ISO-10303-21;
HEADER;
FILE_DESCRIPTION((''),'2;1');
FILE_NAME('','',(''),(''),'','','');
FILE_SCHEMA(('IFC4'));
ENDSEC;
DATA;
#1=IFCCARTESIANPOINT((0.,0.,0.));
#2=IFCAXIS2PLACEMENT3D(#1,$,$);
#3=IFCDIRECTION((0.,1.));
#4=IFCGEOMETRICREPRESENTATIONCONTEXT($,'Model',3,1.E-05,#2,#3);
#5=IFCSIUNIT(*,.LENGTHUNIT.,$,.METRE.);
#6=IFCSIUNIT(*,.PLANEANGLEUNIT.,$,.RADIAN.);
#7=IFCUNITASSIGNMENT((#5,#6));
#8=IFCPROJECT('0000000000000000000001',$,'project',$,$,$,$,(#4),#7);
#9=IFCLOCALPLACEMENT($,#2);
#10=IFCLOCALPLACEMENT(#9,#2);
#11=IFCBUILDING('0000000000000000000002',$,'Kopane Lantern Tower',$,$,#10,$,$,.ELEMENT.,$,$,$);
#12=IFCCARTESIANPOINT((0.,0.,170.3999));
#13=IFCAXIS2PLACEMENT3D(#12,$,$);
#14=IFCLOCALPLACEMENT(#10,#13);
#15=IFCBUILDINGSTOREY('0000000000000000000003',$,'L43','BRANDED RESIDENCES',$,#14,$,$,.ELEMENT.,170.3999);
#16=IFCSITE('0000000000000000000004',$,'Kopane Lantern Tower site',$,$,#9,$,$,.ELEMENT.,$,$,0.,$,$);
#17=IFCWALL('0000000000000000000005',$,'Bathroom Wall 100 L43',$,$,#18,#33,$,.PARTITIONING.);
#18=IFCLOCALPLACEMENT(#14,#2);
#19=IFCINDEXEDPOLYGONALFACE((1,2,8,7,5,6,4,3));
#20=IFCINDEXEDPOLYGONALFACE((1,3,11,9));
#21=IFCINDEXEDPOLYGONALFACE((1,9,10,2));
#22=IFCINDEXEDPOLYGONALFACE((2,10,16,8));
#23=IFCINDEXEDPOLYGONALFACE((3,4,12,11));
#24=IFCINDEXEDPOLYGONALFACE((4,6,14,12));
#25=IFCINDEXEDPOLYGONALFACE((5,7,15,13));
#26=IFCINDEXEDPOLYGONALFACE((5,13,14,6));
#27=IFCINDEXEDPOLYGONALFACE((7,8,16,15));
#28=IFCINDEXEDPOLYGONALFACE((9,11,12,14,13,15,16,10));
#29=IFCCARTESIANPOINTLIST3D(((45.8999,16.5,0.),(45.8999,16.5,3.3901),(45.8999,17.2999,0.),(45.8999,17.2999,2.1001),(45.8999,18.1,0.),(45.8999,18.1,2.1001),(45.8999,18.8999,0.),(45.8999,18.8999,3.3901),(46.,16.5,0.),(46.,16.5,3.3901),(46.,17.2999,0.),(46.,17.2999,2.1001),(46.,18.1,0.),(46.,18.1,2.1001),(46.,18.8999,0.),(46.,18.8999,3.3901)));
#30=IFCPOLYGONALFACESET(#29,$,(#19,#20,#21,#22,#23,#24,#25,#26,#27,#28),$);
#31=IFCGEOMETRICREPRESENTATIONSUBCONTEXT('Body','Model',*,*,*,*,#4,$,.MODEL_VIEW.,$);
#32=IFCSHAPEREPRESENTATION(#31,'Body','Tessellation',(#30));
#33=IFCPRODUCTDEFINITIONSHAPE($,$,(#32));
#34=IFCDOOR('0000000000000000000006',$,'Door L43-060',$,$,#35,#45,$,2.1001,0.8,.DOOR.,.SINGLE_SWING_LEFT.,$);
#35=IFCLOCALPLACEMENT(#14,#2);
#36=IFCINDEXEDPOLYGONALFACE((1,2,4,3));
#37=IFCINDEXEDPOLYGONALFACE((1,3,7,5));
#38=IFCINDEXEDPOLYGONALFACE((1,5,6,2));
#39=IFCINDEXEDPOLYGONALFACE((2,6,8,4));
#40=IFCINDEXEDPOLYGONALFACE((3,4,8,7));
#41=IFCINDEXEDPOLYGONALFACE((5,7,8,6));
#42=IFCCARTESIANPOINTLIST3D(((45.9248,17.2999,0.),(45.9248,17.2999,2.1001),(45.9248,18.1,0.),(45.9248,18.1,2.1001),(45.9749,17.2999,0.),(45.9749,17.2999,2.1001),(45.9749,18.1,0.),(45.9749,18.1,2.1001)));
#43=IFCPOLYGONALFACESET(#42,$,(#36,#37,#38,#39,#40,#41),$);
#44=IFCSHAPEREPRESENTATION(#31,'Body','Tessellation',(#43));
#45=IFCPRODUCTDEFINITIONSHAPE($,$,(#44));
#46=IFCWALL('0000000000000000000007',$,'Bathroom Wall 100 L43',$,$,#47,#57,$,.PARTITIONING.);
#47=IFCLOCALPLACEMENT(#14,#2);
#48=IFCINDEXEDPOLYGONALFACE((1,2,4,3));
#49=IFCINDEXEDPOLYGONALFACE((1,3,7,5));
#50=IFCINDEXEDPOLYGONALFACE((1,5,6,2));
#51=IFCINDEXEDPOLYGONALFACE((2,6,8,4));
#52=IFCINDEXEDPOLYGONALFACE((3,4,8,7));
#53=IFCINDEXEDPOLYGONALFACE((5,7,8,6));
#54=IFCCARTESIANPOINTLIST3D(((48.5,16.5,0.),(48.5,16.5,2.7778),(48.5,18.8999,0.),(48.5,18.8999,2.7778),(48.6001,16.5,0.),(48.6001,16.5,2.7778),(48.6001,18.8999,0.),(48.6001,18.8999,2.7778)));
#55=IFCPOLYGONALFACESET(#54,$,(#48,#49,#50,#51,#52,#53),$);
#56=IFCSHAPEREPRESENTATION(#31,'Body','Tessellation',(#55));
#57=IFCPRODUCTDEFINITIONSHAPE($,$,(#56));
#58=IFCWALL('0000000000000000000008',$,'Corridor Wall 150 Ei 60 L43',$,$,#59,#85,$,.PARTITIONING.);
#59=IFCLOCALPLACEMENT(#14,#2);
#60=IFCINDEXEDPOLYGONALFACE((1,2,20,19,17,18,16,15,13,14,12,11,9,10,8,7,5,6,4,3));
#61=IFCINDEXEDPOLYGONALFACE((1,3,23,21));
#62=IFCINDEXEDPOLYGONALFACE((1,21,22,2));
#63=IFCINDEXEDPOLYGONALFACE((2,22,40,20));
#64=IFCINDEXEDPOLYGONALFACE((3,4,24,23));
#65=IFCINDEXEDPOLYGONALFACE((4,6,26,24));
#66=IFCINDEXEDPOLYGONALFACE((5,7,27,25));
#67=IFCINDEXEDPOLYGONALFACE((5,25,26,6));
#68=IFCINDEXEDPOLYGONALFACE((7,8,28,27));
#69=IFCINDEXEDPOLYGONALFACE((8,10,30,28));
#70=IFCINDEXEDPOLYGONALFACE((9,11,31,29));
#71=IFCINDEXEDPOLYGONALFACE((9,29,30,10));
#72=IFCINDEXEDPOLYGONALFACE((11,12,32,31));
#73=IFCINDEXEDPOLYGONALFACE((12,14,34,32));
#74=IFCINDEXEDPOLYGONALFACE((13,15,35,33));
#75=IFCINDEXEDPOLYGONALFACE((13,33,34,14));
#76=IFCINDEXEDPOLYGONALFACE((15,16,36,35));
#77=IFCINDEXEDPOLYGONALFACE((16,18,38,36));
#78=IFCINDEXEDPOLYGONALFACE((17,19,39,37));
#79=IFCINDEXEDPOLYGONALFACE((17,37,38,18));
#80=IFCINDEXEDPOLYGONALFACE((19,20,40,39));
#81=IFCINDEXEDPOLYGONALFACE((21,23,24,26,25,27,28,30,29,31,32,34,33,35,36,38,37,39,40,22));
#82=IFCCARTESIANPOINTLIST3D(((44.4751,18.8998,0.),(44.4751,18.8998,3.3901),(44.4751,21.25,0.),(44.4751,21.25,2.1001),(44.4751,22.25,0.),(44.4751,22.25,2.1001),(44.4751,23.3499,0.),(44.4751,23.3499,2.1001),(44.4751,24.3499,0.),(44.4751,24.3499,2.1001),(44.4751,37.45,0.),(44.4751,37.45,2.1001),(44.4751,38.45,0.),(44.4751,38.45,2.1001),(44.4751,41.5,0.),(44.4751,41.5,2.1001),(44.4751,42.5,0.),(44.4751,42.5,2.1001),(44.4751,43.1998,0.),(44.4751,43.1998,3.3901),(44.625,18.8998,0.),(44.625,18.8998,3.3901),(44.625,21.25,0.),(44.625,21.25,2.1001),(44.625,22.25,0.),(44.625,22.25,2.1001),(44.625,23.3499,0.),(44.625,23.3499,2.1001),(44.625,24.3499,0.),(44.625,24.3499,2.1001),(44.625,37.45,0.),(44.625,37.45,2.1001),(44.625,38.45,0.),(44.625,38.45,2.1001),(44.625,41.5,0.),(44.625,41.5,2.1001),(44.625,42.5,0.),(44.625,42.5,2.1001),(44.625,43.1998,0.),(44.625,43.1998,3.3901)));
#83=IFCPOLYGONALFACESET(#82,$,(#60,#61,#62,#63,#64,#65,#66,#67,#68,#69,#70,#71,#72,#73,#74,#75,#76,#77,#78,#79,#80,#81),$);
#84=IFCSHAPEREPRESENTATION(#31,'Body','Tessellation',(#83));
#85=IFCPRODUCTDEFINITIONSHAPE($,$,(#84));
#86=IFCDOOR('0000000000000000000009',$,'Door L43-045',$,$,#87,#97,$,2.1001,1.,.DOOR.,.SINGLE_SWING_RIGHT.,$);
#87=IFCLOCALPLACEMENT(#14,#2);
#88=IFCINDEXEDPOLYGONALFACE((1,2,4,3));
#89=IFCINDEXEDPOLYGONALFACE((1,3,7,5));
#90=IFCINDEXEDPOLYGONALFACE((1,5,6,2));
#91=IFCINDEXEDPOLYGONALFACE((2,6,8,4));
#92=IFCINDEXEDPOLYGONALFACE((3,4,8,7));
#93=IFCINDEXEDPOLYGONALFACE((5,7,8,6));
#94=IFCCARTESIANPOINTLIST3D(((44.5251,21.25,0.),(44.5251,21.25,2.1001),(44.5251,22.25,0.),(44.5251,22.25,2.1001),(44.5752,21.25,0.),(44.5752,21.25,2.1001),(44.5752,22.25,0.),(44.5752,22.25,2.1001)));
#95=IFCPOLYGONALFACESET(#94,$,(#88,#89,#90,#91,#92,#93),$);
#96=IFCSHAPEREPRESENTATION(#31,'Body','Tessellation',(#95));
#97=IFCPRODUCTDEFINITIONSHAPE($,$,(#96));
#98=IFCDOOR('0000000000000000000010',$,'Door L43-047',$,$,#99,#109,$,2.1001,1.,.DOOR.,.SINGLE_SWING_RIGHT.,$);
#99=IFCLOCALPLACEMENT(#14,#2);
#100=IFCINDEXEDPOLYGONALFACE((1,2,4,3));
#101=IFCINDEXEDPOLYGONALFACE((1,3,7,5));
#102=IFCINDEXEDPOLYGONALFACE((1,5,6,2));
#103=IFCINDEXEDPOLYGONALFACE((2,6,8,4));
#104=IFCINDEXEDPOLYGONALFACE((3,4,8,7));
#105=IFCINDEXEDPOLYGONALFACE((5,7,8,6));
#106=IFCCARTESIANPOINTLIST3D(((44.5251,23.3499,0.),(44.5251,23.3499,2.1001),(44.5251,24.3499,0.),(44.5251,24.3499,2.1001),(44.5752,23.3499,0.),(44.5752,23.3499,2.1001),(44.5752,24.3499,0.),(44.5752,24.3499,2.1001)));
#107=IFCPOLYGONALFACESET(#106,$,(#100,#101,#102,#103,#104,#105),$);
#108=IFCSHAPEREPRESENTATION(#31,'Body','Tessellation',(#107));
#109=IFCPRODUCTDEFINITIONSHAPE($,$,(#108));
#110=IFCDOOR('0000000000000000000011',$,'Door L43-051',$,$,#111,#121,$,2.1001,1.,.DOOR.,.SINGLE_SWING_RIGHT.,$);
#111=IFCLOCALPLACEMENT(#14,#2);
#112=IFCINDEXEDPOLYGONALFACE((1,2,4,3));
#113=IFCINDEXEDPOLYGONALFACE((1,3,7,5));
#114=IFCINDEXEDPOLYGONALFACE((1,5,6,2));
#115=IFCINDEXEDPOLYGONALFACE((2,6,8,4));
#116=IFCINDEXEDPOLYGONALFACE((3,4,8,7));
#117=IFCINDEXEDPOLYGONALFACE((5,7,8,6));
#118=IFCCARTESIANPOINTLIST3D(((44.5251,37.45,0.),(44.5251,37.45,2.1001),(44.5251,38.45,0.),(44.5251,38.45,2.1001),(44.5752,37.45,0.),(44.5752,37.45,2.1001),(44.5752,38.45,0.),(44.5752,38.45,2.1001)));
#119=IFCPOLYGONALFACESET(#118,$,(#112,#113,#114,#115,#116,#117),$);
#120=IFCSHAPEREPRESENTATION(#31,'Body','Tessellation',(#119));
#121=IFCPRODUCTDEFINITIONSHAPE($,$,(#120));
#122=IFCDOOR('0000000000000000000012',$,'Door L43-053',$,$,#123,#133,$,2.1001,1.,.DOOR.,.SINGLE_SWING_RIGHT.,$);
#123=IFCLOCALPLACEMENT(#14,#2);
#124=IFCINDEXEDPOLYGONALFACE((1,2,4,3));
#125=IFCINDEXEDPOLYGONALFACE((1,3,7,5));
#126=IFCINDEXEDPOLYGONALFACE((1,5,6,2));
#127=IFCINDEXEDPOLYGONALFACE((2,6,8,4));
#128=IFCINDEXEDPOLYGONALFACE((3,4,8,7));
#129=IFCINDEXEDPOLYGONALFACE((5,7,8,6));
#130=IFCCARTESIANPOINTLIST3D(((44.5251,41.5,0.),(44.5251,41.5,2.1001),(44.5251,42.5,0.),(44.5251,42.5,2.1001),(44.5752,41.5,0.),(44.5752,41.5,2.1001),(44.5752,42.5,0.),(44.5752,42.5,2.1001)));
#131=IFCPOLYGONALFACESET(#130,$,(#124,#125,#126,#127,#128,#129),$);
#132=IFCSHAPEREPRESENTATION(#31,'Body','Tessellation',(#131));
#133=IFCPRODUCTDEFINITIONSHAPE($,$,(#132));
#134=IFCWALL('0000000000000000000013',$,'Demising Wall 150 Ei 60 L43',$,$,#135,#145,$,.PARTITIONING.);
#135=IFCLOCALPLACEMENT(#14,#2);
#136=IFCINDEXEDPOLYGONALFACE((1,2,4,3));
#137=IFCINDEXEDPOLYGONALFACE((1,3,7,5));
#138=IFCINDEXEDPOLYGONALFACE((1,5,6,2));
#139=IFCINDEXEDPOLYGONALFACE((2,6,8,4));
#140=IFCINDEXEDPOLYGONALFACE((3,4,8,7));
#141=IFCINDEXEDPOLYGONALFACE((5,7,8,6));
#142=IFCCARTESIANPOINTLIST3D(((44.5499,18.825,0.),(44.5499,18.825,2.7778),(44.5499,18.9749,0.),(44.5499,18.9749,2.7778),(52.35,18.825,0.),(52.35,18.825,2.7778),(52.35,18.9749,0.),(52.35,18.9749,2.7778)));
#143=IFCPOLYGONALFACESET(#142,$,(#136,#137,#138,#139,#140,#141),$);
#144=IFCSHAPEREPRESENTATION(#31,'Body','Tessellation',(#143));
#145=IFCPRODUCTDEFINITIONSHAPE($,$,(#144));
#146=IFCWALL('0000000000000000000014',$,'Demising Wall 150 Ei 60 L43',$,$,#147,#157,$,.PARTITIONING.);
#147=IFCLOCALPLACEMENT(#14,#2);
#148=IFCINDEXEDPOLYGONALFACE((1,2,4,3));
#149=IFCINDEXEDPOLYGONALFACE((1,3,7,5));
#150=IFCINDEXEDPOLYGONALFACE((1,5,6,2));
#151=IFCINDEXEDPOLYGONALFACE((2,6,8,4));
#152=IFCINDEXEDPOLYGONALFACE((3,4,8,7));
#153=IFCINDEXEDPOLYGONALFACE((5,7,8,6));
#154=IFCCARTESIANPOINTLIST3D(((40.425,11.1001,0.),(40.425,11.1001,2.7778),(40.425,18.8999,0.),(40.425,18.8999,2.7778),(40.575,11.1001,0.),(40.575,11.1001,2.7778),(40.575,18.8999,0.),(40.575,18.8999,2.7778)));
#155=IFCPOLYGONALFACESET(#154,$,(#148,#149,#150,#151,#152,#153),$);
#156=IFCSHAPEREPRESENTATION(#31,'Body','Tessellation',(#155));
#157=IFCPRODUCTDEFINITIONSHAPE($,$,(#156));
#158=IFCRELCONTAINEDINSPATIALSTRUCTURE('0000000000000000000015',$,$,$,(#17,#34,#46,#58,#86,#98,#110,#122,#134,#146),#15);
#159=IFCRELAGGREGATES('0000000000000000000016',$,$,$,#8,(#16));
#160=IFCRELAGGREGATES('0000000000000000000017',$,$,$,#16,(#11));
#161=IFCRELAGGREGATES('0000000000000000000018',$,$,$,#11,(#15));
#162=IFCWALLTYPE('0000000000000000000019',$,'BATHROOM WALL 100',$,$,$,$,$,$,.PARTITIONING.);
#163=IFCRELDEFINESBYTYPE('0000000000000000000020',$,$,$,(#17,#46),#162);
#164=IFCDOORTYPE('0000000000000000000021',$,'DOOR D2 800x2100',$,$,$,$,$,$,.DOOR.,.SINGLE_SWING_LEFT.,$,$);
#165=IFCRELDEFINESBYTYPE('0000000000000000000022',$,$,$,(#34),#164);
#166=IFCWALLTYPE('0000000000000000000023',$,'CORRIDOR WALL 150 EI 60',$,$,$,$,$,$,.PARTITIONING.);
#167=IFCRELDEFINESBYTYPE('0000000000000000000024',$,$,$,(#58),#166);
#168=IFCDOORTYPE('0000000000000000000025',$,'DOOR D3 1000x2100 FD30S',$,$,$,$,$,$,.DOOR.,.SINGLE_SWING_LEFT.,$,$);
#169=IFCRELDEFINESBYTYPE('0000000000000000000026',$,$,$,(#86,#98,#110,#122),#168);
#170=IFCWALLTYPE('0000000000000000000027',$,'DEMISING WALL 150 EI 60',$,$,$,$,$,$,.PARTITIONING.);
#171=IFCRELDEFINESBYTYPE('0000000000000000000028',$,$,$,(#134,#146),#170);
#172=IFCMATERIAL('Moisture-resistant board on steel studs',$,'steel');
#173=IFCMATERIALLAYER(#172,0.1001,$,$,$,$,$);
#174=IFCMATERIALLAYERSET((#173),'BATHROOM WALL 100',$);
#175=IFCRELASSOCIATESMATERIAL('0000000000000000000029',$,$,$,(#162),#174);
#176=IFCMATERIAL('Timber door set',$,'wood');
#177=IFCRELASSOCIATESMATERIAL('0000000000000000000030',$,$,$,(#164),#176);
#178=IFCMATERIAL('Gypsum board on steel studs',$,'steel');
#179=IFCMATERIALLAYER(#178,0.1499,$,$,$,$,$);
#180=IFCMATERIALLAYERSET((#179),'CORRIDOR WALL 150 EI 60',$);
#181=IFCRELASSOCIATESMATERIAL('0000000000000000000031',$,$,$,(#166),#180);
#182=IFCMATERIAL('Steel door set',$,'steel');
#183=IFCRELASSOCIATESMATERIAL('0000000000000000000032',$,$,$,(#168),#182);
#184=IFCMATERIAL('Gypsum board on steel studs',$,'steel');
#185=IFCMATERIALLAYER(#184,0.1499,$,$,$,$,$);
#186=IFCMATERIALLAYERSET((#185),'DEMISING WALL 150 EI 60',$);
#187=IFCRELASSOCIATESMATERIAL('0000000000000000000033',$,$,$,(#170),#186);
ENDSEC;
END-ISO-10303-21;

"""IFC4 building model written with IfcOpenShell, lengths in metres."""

from ifc_helpers import new_model, si_unit, direction, frame, frame_2d, origin, place, context, subcontext, project, spatial, rectangle, extrude, material, layer, layer_set, type_object, element, fill, save


model = new_model("IFC4")

# Units and contexts
model_context = context("Model", 3, precision=1e-05, world=origin(), true_north=direction((0.0, 1.0)))
body_context = subcontext(model_context, "Body", "Model", "MODEL_VIEW")
ifc_project = project(units=[si_unit("LENGTHUNIT", "METRE"), si_unit("PLANEANGLEUNIT", "RADIAN")], contexts=[model_context])

# Site, building, storey
site_placement = place(None, origin())
site = spatial("IfcSite", under=ifc_project, at=site_placement, Name="Kopane Lantern Tower site", CompositionType="ELEMENT", RefElevation=0.0)
building_placement = place(site_placement, origin())
building = spatial("IfcBuilding", under=site, at=building_placement, Name="Kopane Lantern Tower", CompositionType="ELEMENT")
storey_placement = place(building_placement, frame((0.0, 0.0, 170.3999)))
storey = spatial("IfcBuildingStorey", under=building, at=storey_placement, Name="L43", Description="BRANDED RESIDENCES", CompositionType="ELEMENT", Elevation=170.3999)

# Shared definitions
ifc_material_1 = material(Name="Moisture-resistant board on steel studs", Category="steel")
ifc_layer_1 = layer(ifc_material_1, 0.1001)
ifc_layer_set_1 = layer_set([ifc_layer_1], Name="BATHROOM WALL 100")
wall_type_1 = type_object("IfcWallType", Name="BATHROOM WALL 100", PredefinedType="PARTITIONING", material=ifc_layer_set_1)

# Wall, opening, door
wall_1_placement = place(storey_placement, frame((45.95, 18.8999, 0.0), z_axis=(0.0, 0.0, 1.0), x_axis=(0.0, -1.0, 0.0)))
wall_1 = element("IfcWall", 1, at=wall_1_placement, inside=storey, type_object=wall_type_1, Name="Bathroom Wall 100 L43", PredefinedType="PARTITIONING", context=body_context, shape_type="SweptSolid", body=[
    extrude(rectangle(XDim=2.3999, YDim=0.1001, at=frame_2d((1.2, 0.0))), origin(), (0.0, 0.0, 1.0), 3.3901),
])
opening_1_placement = place(wall_1_placement, frame((0.8, 0.0, 0.0)))
opening_1 = element("IfcOpeningElement", 2, at=opening_1_placement, cuts=wall_1, PredefinedType="OPENING", context=body_context, shape_type="SweptSolid", body=[
    extrude(rectangle(XDim=0.8, YDim=2.1001, at=frame_2d((0.3999, 1.05))), frame((0.0, 0.0601, 0.0), z_axis=(0.0, -1.0, 0.0), x_axis=(1.0, 0.0, 0.0)), (0.0, 0.0, 1.0), 0.1201),
])
ifc_material_2 = material(Name="Timber door set", Category="wood")
door_type_1 = type_object("IfcDoorType", Name="DOOR D2 800x2100", OperationType="SINGLE_SWING_LEFT", PredefinedType="DOOR", material=ifc_material_2)
door_1_placement = place(opening_1_placement, origin())
door_1 = element("IfcDoor", 3, at=door_1_placement, inside=storey, type_object=door_type_1, Name="Door L43-060", OperationType="SINGLE_SWING_LEFT", OverallHeight=2.1001, OverallWidth=0.8, PredefinedType="DOOR", context=body_context, shape_type="SweptSolid", body=[
    extrude(rectangle(XDim=0.8, YDim=2.1001, at=frame_2d((0.3999, 1.05))), frame((0.0, 0.0249, 0.0), z_axis=(0.0, -1.0, 0.0), x_axis=(1.0, 0.0, 0.0)), (0.0, 0.0, 1.0), 0.05),
])
fill(opening_1, door_1)

# Wall
wall_2_placement = place(storey_placement, frame((48.55, 18.8999, 0.0), z_axis=(0.0, 0.0, 1.0), x_axis=(0.0, -1.0, 0.0)))
element("IfcWall", 4, at=wall_2_placement, inside=storey, type_object=wall_type_1, Name="Bathroom Wall 100 L43", PredefinedType="PARTITIONING", context=body_context, shape_type="SweptSolid", body=[
    extrude(rectangle(XDim=2.3999, YDim=0.1001, at=frame_2d((1.2, 0.0))), origin(), (0.0, 0.0, 1.0), 2.7778),
])

# Wall, openings, doors
ifc_material_3 = material(Name="Gypsum board on steel studs", Category="steel")
ifc_layer_2 = layer(ifc_material_3, 0.1499)
ifc_layer_set_2 = layer_set([ifc_layer_2], Name="CORRIDOR WALL 150 EI 60")
wall_type_2 = type_object("IfcWallType", Name="CORRIDOR WALL 150 EI 60", PredefinedType="PARTITIONING", material=ifc_layer_set_2)
wall_3_placement = place(storey_placement, frame((44.55, 18.8999, 0.0), z_axis=(0.0, 0.0, 1.0), x_axis=(0.0, 1.0, 0.0)))
wall_3 = element("IfcWall", 5, at=wall_3_placement, inside=storey, type_object=wall_type_2, Name="Corridor Wall 150 Ei 60 L43", PredefinedType="PARTITIONING", context=body_context, shape_type="SweptSolid", body=[
    extrude(rectangle(XDim=24.3, YDim=0.1499, at=frame_2d((12.1499, 0.0))), origin(), (0.0, 0.0, 1.0), 3.3901),
])
opening_2_placement = place(wall_3_placement, frame((2.3501, 0.0, 0.0)))
opening_2 = element("IfcOpeningElement", 6, at=opening_2_placement, cuts=wall_3, PredefinedType="OPENING", context=body_context, shape_type="SweptSolid", body=[
    extrude(rectangle(XDim=1.0, YDim=2.1001, at=frame_2d((0.5, 1.05))), frame((0.0, 0.085, 0.0), z_axis=(0.0, -1.0, 0.0), x_axis=(1.0, 0.0, 0.0)), (0.0, 0.0, 1.0), 0.1699),
])
opening_3_placement = place(wall_3_placement, frame((4.45, 0.0, 0.0)))
opening_3 = element("IfcOpeningElement", 7, at=opening_3_placement, cuts=wall_3, PredefinedType="OPENING", context=body_context, shape_type="SweptSolid", body=[
    extrude(rectangle(XDim=1.0, YDim=2.1001, at=frame_2d((0.5, 1.05))), frame((0.0, 0.085, 0.0), z_axis=(0.0, -1.0, 0.0), x_axis=(1.0, 0.0, 0.0)), (0.0, 0.0, 1.0), 0.1699),
])
opening_4_placement = place(wall_3_placement, frame((18.55, 0.0, 0.0)))
opening_4 = element("IfcOpeningElement", 8, at=opening_4_placement, cuts=wall_3, PredefinedType="OPENING", context=body_context, shape_type="SweptSolid", body=[
    extrude(rectangle(XDim=1.0, YDim=2.1001, at=frame_2d((0.5, 1.05))), frame((0.0, 0.085, 0.0), z_axis=(0.0, -1.0, 0.0), x_axis=(1.0, 0.0, 0.0)), (0.0, 0.0, 1.0), 0.1699),
])
opening_5_placement = place(wall_3_placement, frame((22.6001, 0.0, 0.0)))
opening_5 = element("IfcOpeningElement", 9, at=opening_5_placement, cuts=wall_3, PredefinedType="OPENING", context=body_context, shape_type="SweptSolid", body=[
    extrude(rectangle(XDim=1.0, YDim=2.1001, at=frame_2d((0.5, 1.05))), frame((0.0, 0.085, 0.0), z_axis=(0.0, -1.0, 0.0), x_axis=(1.0, 0.0, 0.0)), (0.0, 0.0, 1.0), 0.1699),
])
ifc_material_4 = material(Name="Steel door set", Category="steel")
door_type_2 = type_object("IfcDoorType", Name="DOOR D3 1000x2100 FD30S", OperationType="SINGLE_SWING_LEFT", PredefinedType="DOOR", material=ifc_material_4)
door_2_placement = place(opening_2_placement, origin())
door_2 = element("IfcDoor", 10, at=door_2_placement, inside=storey, type_object=door_type_2, Name="Door L43-045", OperationType="SINGLE_SWING_RIGHT", OverallHeight=2.1001, OverallWidth=1.0, PredefinedType="DOOR", context=body_context, shape_type="SweptSolid", body=[
    extrude(rectangle(XDim=1.0, YDim=2.1001, at=frame_2d((0.5, 1.05))), frame((0.0, 0.0249, 0.0), z_axis=(0.0, -1.0, 0.0), x_axis=(1.0, 0.0, 0.0)), (0.0, 0.0, 1.0), 0.05),
])
fill(opening_2, door_2)
door_3_placement = place(opening_3_placement, origin())
door_3 = element("IfcDoor", 11, at=door_3_placement, inside=storey, type_object=door_type_2, Name="Door L43-047", OperationType="SINGLE_SWING_RIGHT", OverallHeight=2.1001, OverallWidth=1.0, PredefinedType="DOOR", context=body_context, shape_type="SweptSolid", body=[
    extrude(rectangle(XDim=1.0, YDim=2.1001, at=frame_2d((0.5, 1.05))), frame((0.0, 0.0249, 0.0), z_axis=(0.0, -1.0, 0.0), x_axis=(1.0, 0.0, 0.0)), (0.0, 0.0, 1.0), 0.05),
])
fill(opening_3, door_3)
door_4_placement = place(opening_4_placement, origin())
door_4 = element("IfcDoor", 12, at=door_4_placement, inside=storey, type_object=door_type_2, Name="Door L43-051", OperationType="SINGLE_SWING_RIGHT", OverallHeight=2.1001, OverallWidth=1.0, PredefinedType="DOOR", context=body_context, shape_type="SweptSolid", body=[
    extrude(rectangle(XDim=1.0, YDim=2.1001, at=frame_2d((0.5, 1.05))), frame((0.0, 0.0249, 0.0), z_axis=(0.0, -1.0, 0.0), x_axis=(1.0, 0.0, 0.0)), (0.0, 0.0, 1.0), 0.05),
])
fill(opening_4, door_4)
door_5_placement = place(opening_5_placement, origin())
door_5 = element("IfcDoor", 13, at=door_5_placement, inside=storey, type_object=door_type_2, Name="Door L43-053", OperationType="SINGLE_SWING_RIGHT", OverallHeight=2.1001, OverallWidth=1.0, PredefinedType="DOOR", context=body_context, shape_type="SweptSolid", body=[
    extrude(rectangle(XDim=1.0, YDim=2.1001, at=frame_2d((0.5, 1.05))), frame((0.0, 0.0249, 0.0), z_axis=(0.0, -1.0, 0.0), x_axis=(1.0, 0.0, 0.0)), (0.0, 0.0, 1.0), 0.05),
])
fill(opening_5, door_5)

# Walls
ifc_material_5 = material(Name="Gypsum board on steel studs", Category="steel")
ifc_layer_3 = layer(ifc_material_5, 0.1499)
ifc_layer_set_3 = layer_set([ifc_layer_3], Name="DEMISING WALL 150 EI 60")
wall_type_3 = type_object("IfcWallType", Name="DEMISING WALL 150 EI 60", PredefinedType="PARTITIONING", material=ifc_layer_set_3)
wall_4_placement = place(storey_placement, frame((44.55, 18.8999, 0.0), z_axis=(0.0, 0.0, 1.0), x_axis=(1.0, 0.0, 0.0)))
element("IfcWall", 14, at=wall_4_placement, inside=storey, type_object=wall_type_3, Name="Demising Wall 150 Ei 60 L43", PredefinedType="PARTITIONING", context=body_context, shape_type="SweptSolid", body=[
    extrude(rectangle(XDim=7.8, YDim=0.1499, at=frame_2d((3.8999, 0.0))), origin(), (0.0, 0.0, 1.0), 2.7778),
])
wall_5_placement = place(storey_placement, frame((40.5, 18.8999, 0.0), z_axis=(0.0, 0.0, 1.0), x_axis=(0.0, -1.0, 0.0)))
element("IfcWall", 15, at=wall_5_placement, inside=storey, type_object=wall_type_3, Name="Demising Wall 150 Ei 60 L43", PredefinedType="PARTITIONING", context=body_context, shape_type="SweptSolid", body=[
    extrude(rectangle(XDim=7.7998, YDim=0.1499, at=frame_2d((3.8999, 0.0))), origin(), (0.0, 0.0, 1.0), 2.7778),
])

save(model, "model.ifc")
